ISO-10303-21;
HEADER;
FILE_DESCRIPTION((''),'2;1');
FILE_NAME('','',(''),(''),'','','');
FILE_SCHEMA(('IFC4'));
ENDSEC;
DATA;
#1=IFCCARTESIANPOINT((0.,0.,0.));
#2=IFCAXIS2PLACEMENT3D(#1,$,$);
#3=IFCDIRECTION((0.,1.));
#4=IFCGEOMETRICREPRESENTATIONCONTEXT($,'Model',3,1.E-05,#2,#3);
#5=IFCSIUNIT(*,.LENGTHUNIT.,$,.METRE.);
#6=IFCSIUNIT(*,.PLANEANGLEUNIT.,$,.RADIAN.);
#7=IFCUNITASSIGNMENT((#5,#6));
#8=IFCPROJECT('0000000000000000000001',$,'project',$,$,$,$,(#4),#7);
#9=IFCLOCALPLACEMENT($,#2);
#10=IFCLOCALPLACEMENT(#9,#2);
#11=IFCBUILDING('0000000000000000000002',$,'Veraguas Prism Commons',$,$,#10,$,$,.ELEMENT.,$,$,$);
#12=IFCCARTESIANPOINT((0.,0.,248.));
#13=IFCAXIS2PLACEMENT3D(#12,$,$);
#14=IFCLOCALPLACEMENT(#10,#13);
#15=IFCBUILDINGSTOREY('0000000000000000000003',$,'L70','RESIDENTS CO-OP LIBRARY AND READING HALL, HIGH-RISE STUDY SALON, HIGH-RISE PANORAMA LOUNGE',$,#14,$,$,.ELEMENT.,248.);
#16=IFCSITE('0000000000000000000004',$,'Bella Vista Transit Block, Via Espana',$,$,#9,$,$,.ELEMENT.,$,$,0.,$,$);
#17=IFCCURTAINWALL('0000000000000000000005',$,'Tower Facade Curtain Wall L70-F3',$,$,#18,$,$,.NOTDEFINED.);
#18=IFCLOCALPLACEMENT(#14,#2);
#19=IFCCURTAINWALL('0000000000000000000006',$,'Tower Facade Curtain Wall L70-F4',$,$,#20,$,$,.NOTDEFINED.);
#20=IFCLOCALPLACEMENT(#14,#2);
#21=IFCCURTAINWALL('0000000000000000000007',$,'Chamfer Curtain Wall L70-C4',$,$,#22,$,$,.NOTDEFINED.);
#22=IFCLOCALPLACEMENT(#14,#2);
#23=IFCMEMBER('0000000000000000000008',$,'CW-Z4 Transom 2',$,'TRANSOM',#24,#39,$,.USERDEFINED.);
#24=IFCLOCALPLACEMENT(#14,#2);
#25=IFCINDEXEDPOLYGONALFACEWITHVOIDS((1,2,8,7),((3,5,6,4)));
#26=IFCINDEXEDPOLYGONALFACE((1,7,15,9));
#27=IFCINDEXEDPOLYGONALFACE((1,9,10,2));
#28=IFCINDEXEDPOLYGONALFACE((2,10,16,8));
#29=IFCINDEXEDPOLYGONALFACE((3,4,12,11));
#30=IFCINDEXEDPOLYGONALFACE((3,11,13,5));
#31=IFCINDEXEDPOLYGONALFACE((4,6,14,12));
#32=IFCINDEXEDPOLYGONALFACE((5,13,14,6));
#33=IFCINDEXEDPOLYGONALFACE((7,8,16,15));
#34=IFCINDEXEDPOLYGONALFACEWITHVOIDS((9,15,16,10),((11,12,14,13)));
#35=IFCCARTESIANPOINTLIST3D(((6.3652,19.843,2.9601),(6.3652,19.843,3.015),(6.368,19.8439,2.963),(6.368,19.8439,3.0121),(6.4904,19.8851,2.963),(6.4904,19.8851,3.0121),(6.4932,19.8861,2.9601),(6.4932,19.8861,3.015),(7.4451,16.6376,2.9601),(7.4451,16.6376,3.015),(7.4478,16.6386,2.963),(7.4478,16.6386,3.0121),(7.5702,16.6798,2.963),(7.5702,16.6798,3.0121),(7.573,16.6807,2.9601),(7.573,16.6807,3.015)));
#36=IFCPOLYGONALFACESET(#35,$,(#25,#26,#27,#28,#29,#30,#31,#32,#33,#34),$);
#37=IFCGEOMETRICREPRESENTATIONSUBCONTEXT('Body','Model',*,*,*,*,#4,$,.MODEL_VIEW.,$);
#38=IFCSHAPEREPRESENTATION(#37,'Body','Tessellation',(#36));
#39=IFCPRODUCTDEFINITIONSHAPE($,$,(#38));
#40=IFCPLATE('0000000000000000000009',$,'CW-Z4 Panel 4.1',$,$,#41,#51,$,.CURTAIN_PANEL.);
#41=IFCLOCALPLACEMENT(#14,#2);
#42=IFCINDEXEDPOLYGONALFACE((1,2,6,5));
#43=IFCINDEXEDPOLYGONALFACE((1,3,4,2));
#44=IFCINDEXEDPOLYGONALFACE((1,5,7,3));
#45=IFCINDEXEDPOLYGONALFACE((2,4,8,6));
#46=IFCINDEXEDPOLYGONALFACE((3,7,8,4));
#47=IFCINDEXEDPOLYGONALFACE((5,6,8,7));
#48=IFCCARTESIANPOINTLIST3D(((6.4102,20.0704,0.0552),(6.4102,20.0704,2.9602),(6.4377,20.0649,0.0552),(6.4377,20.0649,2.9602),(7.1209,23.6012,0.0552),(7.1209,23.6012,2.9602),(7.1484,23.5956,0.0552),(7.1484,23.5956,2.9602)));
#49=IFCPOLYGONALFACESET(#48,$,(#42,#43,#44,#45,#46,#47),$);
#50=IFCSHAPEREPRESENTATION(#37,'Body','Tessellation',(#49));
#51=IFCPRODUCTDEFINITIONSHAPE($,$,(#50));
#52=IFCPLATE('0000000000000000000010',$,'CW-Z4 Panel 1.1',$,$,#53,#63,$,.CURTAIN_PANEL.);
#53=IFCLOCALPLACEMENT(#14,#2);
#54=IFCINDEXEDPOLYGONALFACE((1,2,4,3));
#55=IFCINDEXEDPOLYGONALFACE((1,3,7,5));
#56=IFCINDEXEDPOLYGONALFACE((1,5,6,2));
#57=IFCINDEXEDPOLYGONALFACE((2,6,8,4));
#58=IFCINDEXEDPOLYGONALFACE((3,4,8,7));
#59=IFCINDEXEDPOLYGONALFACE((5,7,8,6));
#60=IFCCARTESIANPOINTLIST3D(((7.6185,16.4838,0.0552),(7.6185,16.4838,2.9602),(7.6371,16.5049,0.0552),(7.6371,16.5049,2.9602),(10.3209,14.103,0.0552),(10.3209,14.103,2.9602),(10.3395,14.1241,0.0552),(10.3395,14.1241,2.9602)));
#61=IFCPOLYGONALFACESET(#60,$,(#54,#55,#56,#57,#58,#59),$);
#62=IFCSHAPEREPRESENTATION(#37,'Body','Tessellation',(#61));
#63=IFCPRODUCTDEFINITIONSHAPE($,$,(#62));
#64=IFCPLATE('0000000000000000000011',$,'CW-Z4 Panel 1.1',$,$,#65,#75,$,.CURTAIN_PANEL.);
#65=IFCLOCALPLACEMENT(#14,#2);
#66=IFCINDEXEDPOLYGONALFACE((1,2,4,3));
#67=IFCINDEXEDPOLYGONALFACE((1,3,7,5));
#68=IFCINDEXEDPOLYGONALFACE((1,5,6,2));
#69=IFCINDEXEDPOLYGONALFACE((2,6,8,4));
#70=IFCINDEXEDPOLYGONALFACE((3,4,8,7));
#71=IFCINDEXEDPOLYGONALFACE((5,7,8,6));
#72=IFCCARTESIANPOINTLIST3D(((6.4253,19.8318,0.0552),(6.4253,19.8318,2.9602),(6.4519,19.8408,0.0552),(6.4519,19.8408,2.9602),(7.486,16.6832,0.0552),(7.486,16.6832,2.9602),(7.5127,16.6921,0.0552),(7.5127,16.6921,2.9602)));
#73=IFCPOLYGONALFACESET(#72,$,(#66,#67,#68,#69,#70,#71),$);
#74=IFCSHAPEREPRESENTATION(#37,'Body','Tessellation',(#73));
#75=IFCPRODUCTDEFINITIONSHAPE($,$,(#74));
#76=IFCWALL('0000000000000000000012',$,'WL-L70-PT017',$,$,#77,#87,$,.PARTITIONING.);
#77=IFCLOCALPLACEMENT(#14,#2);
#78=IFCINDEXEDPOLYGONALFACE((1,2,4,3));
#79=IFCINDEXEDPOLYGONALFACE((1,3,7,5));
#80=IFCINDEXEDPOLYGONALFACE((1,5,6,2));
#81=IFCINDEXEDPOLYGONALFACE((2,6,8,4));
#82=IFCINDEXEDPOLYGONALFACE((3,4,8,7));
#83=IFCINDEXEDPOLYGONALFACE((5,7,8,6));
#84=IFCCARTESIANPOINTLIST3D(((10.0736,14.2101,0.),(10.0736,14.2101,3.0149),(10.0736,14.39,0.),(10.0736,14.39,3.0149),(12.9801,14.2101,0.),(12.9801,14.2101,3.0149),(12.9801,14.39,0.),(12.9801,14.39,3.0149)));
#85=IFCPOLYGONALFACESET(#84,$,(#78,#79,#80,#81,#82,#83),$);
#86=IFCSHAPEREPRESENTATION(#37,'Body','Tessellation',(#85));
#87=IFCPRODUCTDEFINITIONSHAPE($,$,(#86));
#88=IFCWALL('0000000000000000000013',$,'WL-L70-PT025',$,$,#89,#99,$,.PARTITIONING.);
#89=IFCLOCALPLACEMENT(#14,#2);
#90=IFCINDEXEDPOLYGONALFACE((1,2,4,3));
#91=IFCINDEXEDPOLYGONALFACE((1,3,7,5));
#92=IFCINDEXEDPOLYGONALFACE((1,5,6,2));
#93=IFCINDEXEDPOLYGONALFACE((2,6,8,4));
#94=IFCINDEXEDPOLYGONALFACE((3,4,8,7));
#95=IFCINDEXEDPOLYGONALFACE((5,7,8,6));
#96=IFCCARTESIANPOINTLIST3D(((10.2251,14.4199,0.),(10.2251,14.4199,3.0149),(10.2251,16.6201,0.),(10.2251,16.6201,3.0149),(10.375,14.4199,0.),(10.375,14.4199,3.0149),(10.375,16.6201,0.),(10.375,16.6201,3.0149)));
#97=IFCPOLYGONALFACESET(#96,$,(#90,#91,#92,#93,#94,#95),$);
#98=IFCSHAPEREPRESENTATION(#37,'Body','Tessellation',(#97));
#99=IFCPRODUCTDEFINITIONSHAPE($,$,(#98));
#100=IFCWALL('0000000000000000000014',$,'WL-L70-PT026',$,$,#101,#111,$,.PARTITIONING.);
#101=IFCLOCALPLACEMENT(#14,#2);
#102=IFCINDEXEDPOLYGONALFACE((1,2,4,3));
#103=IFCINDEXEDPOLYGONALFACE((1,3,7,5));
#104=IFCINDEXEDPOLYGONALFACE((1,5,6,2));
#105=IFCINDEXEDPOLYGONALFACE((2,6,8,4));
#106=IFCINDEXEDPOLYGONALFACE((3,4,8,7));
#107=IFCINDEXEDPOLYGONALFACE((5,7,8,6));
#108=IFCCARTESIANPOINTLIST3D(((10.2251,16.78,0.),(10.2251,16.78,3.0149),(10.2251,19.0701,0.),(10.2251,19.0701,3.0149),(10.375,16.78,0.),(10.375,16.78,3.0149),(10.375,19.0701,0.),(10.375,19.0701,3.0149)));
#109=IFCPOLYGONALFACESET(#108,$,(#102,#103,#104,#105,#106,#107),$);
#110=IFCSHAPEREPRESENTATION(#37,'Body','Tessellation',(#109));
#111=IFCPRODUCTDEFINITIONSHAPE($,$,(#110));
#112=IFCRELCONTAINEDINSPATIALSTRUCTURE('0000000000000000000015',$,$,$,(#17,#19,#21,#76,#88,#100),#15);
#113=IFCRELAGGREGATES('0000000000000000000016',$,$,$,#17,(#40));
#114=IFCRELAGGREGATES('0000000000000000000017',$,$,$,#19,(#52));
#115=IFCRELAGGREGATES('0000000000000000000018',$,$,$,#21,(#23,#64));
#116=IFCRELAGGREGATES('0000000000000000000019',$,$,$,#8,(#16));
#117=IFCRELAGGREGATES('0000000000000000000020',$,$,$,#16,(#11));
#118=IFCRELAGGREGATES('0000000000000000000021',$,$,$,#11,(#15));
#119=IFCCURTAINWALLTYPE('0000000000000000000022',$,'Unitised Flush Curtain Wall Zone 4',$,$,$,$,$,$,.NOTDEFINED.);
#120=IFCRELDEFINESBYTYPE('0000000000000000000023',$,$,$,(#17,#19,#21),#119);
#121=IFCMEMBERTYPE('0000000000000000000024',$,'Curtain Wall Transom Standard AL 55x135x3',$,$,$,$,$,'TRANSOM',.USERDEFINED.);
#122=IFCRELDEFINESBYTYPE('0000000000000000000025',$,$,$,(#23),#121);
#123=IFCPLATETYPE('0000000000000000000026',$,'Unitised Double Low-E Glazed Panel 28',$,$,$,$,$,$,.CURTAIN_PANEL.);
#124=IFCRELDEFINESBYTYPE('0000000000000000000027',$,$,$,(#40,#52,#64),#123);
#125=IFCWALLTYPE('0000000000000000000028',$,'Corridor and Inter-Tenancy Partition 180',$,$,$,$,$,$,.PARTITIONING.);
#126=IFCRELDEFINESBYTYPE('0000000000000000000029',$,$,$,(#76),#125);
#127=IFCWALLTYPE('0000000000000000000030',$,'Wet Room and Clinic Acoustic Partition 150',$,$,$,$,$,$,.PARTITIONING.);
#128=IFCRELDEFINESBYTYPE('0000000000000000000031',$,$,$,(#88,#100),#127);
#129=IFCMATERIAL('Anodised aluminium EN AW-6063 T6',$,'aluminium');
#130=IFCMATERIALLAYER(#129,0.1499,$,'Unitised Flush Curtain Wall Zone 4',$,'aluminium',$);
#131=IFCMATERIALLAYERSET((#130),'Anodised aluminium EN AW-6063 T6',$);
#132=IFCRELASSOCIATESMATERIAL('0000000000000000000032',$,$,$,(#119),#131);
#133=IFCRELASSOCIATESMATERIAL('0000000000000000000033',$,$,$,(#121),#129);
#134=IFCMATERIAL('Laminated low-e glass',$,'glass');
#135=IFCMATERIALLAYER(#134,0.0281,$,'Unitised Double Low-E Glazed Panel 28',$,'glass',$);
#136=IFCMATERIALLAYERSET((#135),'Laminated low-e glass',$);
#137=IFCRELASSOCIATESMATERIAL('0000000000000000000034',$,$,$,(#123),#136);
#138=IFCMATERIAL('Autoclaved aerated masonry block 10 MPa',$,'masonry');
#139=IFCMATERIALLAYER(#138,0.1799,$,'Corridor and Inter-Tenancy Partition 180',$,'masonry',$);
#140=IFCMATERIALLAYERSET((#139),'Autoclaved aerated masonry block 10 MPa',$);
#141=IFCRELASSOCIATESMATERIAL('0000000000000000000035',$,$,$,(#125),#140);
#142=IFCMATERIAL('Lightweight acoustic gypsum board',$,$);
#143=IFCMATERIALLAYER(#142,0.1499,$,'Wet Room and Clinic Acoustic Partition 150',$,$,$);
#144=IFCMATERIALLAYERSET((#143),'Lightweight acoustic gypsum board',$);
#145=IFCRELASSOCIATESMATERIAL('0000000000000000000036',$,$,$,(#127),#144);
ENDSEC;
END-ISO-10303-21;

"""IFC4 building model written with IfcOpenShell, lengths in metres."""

from ifc_helpers import new_model, si_unit, direction, frame, frame_2d, origin, origin_2d, place, context, subcontext, project, spatial, rectangle, hollow_rectangle, extrude, source, transform, mapped, material, layer, layer_set, material_profile, profile_set, type_object, element, aggregate, save


model = new_model("IFC4")

# Units and contexts
model_context = context("Model", 3, precision=1e-05, world=origin(), true_north=direction((0.0, 1.0)))
body_context = subcontext(model_context, "Body", "Model", "MODEL_VIEW")
ifc_project = project(units=[si_unit("LENGTHUNIT", "METRE"), si_unit("PLANEANGLEUNIT", "RADIAN")], contexts=[model_context])

# Site, building, storey
site_placement = place(None, origin())
site = spatial("IfcSite", under=ifc_project, at=site_placement, Name="Bella Vista Transit Block, Via Espana", CompositionType="ELEMENT", RefElevation=0.0)
building_placement = place(site_placement, origin())
building = spatial("IfcBuilding", under=site, at=building_placement, Name="Veraguas Prism Commons", CompositionType="ELEMENT")
storey_placement = place(building_placement, frame((0.0, 0.0, 248.0)))
storey = spatial("IfcBuildingStorey", under=building, at=storey_placement, Name="L70", Description="RESIDENTS CO-OP LIBRARY AND READING HALL, HIGH-RISE STUDY SALON, HIGH-RISE PANORAMA LOUNGE", CompositionType="ELEMENT", Elevation=248.0)

# Curtain walls
ifc_material_1 = material(Name="Anodised aluminium EN AW-6063 T6", Category="aluminium")
ifc_layer_1 = layer(ifc_material_1, 0.1499, Name="Unitised Flush Curtain Wall Zone 4", Category="aluminium")
ifc_layer_set_1 = layer_set([ifc_layer_1], Name="Anodised aluminium EN AW-6063 T6")
curtain_wall_type = type_object("IfcCurtainWallType", Name="Unitised Flush Curtain Wall Zone 4", PredefinedType="NOTDEFINED", material=ifc_layer_set_1)
curtain_wall_1_placement = place(storey_placement, origin())
curtain_wall_1 = element("IfcCurtainWall", 1, at=curtain_wall_1_placement, inside=storey, type_object=curtain_wall_type, Name="Tower Facade Curtain Wall L70-F3", PredefinedType="NOTDEFINED")
curtain_wall_2_placement = place(storey_placement, origin())
curtain_wall_2 = element("IfcCurtainWall", 2, at=curtain_wall_2_placement, inside=storey, type_object=curtain_wall_type, Name="Tower Facade Curtain Wall L70-F4", PredefinedType="NOTDEFINED")

# Curtain wall
curtain_wall_3_placement = place(storey_placement, origin())
curtain_wall_3 = element("IfcCurtainWall", 3, at=curtain_wall_3_placement, inside=storey, type_object=curtain_wall_type, Name="Chamfer Curtain Wall L70-C4", PredefinedType="NOTDEFINED")

# Member
ifc_material_profile_1 = material_profile(ifc_material_1, hollow_rectangle(XDim=0.0549, YDim=0.135, WallThickness=0.0029, at=origin_2d()), Name="AL55X135X3")
ifc_profile_set_1 = profile_set([ifc_material_profile_1], Name="Anodised aluminium EN AW-6063 T6")
member_type_1 = type_object("IfcMemberType", Name="Curtain Wall Transom Standard AL 55x135x3", ElementType="TRANSOM", PredefinedType="USERDEFINED", material=ifc_profile_set_1)
shared_shape_1 = source(origin(), body_context, "Body", "SweptSolid", [
    extrude(hollow_rectangle(XDim=0.0549, YDim=0.135, WallThickness=0.0029, at=origin_2d()), origin(), (0.0, 0.0, 1.0), 3.3823),
])
member_1_placement = place(storey_placement, frame((6.4292, 19.8645, 2.9875), z_axis=(0.319258, -0.947668, 0.0), x_axis=(0.0, 0.0, 1.0)))
member_1 = element("IfcMember", 4, at=member_1_placement, type_object=member_type_1, Name="CW-Z4 Transom 2", ObjectType="TRANSOM", PredefinedType="USERDEFINED", context=body_context, shape_type="MappedRepresentation", body=[
    mapped(shared_shape_1, transform((0.0, 0.0, 0.0), scale=1.0)),
])

# Plates
ifc_material_2 = material(Name="Laminated low-e glass", Category="glass")
ifc_layer_2 = layer(ifc_material_2, 0.0281, Name="Unitised Double Low-E Glazed Panel 28", Category="glass")
ifc_layer_set_2 = layer_set([ifc_layer_2], Name="Laminated low-e glass")
plate_type = type_object("IfcPlateType", Name="Unitised Double Low-E Glazed Panel 28", PredefinedType="CURTAIN_PANEL", material=ifc_layer_set_2)
shared_shape_2 = source(origin(), body_context, "Body", "SweptSolid", [
    extrude(rectangle(XDim=3.6016, YDim=0.0281, at=origin_2d()), origin(), (0.0, 0.0, 1.0), 2.905),
])
plate_1_placement = place(storey_placement, frame((6.7793, 21.833, 0.0552), z_axis=(0.0, 0.0, 1.0), x_axis=(-0.197319, -0.980339, 0.0)))
plate_1 = element("IfcPlate", 5, at=plate_1_placement, type_object=plate_type, Name="CW-Z4 Panel 4.1", PredefinedType="CURTAIN_PANEL", context=body_context, shape_type="MappedRepresentation", body=[
    mapped(shared_shape_2, transform((0.0, 0.0, 0.0), scale=1.0)),
])
aggregate(curtain_wall_1, [plate_1])
plate_2_placement = place(storey_placement, frame((8.979, 15.304, 0.0552), z_axis=(0.0, 0.0, 1.0), x_axis=(0.750348, -0.661043, 0.0)))
plate_2 = element("IfcPlate", 6, at=plate_2_placement, type_object=plate_type, Name="CW-Z4 Panel 1.1", PredefinedType="CURTAIN_PANEL", context=body_context, shape_type="MappedRepresentation", body=[
    mapped(shared_shape_2, transform((0.0, 0.0, 0.0), scale=1.0)),
])
aggregate(curtain_wall_2, [plate_2])
shared_shape_3 = source(origin(), body_context, "Body", "SweptSolid", [
    extrude(rectangle(XDim=3.3225, YDim=0.0281, at=origin_2d()), origin(), (0.0, 0.0, 1.0), 2.905),
])
plate_3_placement = place(storey_placement, frame((6.969, 18.262, 0.0552), z_axis=(0.0, 0.0, 1.0), x_axis=(0.31925, -0.94767, 0.0)))
plate_3 = element("IfcPlate", 7, at=plate_3_placement, type_object=plate_type, Name="CW-Z4 Panel 1.1", PredefinedType="CURTAIN_PANEL", context=body_context, shape_type="MappedRepresentation", body=[
    mapped(shared_shape_3, transform((0.0, 0.0, 0.0), scale=1.0)),
])
aggregate(curtain_wall_3, [member_1, plate_3])

# Walls
ifc_material_3 = material(Name="Autoclaved aerated masonry block 10 MPa", Category="masonry")
ifc_layer_3 = layer(ifc_material_3, 0.1799, Name="Corridor and Inter-Tenancy Partition 180", Category="masonry")
ifc_layer_set_3 = layer_set([ifc_layer_3], Name="Autoclaved aerated masonry block 10 MPa")
wall_type_1 = type_object("IfcWallType", Name="Corridor and Inter-Tenancy Partition 180", PredefinedType="PARTITIONING", material=ifc_layer_set_3)
wall_1_placement = place(storey_placement, frame((12.98, 14.3, 0.0), z_axis=(0.0, 0.0, 1.0), x_axis=(-1.0, 0.0, 0.0)))
element("IfcWall", 8, at=wall_1_placement, inside=storey, type_object=wall_type_1, Name="WL-L70-PT017", PredefinedType="PARTITIONING", context=body_context, shape_type="SweptSolid", body=[
    extrude(rectangle(XDim=2.9065, YDim=0.1799, at=frame_2d((1.4531, 0.0))), origin(), (0.0, 0.0, 1.0), 3.0149),
])
ifc_material_4 = material(Name="Lightweight acoustic gypsum board")
ifc_layer_4 = layer(ifc_material_4, 0.1499, Name="Wet Room and Clinic Acoustic Partition 150")
ifc_layer_set_4 = layer_set([ifc_layer_4], Name="Lightweight acoustic gypsum board")
wall_type_2 = type_object("IfcWallType", Name="Wet Room and Clinic Acoustic Partition 150", PredefinedType="PARTITIONING", material=ifc_layer_set_4)
wall_2_placement = place(storey_placement, frame((10.3, 14.4199, 0.0), z_axis=(0.0, 0.0, 1.0), x_axis=(0.0, 1.0, 0.0)))
element("IfcWall", 9, at=wall_2_placement, inside=storey, type_object=wall_type_2, Name="WL-L70-PT025", PredefinedType="PARTITIONING", context=body_context, shape_type="SweptSolid", body=[
    extrude(rectangle(XDim=2.2002, YDim=0.1499, at=frame_2d((1.1001, 0.0))), origin(), (0.0, 0.0, 1.0), 3.0149),
])
wall_3_placement = place(storey_placement, frame((10.3, 16.78, 0.0), z_axis=(0.0, 0.0, 1.0), x_axis=(0.0, 1.0, 0.0)))
element("IfcWall", 10, at=wall_3_placement, inside=storey, type_object=wall_type_2, Name="WL-L70-PT026", PredefinedType="PARTITIONING", context=body_context, shape_type="SweptSolid", body=[
    extrude(rectangle(XDim=2.29, YDim=0.1499, at=frame_2d((1.145, 0.0))), origin(), (0.0, 0.0, 1.0), 3.0149),
])

save(model, "model.ifc")
